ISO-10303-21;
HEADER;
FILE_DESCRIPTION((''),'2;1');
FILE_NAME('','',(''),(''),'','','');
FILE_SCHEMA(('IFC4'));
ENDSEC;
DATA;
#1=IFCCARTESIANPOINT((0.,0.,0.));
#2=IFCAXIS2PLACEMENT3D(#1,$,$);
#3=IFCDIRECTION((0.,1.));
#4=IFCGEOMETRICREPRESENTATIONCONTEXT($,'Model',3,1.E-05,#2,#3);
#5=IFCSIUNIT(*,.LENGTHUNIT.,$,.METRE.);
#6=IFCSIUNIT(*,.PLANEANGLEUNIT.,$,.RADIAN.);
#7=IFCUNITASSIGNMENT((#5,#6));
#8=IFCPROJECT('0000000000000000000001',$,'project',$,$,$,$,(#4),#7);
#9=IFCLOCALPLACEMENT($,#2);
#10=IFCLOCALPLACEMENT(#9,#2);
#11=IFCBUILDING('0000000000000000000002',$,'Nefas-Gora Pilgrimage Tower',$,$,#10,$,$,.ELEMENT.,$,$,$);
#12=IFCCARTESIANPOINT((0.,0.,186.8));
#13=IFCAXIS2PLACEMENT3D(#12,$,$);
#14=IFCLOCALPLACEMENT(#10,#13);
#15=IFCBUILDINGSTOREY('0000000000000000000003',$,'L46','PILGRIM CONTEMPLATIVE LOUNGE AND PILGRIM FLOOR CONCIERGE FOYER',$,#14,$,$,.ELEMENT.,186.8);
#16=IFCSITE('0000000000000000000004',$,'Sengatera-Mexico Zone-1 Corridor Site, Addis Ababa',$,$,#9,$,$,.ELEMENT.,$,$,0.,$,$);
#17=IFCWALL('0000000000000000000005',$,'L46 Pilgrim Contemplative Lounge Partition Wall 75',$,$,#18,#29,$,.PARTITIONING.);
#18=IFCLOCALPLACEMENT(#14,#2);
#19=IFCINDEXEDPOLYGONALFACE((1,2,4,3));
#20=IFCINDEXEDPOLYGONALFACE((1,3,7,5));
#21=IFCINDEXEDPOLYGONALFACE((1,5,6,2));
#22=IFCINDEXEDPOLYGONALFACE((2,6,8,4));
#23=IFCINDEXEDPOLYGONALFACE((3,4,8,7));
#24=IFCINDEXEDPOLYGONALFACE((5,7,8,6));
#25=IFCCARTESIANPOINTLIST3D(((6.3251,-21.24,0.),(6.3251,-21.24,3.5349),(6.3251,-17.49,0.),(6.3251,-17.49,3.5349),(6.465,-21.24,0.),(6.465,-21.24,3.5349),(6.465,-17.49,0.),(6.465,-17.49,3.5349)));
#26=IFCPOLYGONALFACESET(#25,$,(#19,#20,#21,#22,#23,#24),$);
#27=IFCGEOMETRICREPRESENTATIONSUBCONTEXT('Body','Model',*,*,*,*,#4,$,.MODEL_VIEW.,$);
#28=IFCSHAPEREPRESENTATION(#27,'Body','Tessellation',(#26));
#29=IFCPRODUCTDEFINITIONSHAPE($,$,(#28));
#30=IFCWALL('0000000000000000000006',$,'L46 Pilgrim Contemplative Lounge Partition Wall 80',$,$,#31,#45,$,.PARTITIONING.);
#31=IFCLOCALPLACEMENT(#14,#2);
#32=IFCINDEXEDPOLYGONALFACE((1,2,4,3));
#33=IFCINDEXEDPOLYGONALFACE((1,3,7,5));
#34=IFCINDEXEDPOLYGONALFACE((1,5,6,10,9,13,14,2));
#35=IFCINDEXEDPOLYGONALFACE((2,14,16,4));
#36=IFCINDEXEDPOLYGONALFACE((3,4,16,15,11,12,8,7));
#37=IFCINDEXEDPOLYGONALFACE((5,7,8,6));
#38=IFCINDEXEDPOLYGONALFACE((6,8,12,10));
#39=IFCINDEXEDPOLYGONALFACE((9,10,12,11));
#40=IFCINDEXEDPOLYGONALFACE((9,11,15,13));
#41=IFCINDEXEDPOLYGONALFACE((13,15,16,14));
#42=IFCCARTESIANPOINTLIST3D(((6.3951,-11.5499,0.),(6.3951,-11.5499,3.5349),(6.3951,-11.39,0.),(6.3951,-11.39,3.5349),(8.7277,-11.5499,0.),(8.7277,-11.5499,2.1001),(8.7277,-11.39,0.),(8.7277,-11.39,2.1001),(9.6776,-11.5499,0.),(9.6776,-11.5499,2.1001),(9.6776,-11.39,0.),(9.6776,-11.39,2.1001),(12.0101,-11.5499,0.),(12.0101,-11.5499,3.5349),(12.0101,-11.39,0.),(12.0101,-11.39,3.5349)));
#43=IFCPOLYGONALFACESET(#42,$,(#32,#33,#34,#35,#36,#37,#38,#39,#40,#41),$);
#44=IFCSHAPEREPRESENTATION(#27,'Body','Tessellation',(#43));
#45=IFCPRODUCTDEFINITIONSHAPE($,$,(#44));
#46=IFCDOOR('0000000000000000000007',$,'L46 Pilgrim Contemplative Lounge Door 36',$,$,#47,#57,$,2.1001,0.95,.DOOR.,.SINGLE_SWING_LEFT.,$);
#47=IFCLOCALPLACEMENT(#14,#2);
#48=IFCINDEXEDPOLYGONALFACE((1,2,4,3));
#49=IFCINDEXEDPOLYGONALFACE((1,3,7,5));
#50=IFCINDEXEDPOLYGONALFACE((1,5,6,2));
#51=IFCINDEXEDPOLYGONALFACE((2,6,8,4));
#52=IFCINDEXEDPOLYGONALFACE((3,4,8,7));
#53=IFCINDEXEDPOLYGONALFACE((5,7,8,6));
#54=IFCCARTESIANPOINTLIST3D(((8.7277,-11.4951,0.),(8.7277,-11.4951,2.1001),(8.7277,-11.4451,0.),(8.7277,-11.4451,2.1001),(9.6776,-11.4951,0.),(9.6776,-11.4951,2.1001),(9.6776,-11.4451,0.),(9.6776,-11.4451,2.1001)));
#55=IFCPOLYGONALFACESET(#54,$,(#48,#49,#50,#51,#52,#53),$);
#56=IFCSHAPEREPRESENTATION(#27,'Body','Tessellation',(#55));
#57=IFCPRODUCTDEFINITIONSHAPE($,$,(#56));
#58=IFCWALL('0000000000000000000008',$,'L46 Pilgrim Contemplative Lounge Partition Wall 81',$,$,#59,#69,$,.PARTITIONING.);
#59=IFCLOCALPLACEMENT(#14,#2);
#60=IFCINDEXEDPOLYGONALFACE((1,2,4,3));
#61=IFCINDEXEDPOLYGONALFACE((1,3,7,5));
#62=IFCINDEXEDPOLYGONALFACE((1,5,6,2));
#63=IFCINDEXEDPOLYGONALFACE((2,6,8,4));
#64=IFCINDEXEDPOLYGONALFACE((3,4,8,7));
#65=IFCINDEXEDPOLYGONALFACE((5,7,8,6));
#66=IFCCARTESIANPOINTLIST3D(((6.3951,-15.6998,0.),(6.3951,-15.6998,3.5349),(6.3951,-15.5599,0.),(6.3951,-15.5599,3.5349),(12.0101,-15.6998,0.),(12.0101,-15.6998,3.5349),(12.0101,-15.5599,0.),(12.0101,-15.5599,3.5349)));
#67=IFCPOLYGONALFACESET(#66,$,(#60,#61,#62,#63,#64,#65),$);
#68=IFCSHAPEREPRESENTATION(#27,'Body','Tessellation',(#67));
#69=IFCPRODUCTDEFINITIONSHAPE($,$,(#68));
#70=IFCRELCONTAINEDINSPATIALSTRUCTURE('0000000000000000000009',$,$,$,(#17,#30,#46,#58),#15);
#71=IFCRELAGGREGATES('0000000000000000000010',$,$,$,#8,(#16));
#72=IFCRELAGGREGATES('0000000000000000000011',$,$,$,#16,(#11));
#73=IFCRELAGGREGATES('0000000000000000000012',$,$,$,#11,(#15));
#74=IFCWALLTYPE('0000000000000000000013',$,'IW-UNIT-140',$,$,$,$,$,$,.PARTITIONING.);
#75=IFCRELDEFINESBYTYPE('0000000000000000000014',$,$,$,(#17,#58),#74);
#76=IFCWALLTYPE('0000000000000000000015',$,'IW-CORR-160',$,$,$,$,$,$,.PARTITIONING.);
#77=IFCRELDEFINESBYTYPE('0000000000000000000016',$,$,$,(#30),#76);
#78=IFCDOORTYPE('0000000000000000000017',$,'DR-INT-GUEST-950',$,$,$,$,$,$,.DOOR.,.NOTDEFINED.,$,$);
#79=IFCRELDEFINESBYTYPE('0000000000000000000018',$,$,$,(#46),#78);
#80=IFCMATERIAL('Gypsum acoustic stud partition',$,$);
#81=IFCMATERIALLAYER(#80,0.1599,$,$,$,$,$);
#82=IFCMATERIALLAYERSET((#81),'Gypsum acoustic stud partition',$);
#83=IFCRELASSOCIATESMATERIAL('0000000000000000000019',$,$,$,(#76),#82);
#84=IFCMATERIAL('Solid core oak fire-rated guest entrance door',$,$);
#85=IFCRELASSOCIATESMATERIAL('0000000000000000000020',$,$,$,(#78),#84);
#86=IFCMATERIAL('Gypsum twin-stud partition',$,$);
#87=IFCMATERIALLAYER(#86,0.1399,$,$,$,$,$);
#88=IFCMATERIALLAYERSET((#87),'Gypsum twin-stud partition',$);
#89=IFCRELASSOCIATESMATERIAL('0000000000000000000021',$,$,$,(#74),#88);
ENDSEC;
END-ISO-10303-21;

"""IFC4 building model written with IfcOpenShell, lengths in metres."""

from ifc_helpers import new_model, si_unit, direction, frame, frame_2d, origin, place, context, subcontext, project, spatial, rectangle, extrude, source, transform, mapped, material, layer, layer_set, type_object, element, fill, save


model = new_model("IFC4")

# Units and contexts
model_context = context("Model", 3, precision=1e-05, world=origin(), true_north=direction((0.0, 1.0)))
body_context = subcontext(model_context, "Body", "Model", "MODEL_VIEW")
ifc_project = project(units=[si_unit("LENGTHUNIT", "METRE"), si_unit("PLANEANGLEUNIT", "RADIAN")], contexts=[model_context])

# Site, building, storey
site_placement = place(None, origin())
site = spatial("IfcSite", under=ifc_project, at=site_placement, Name="Sengatera-Mexico Zone-1 Corridor Site, Addis Ababa", CompositionType="ELEMENT", RefElevation=0.0)
building_placement = place(site_placement, origin())
building = spatial("IfcBuilding", under=site, at=building_placement, Name="Nefas-Gora Pilgrimage Tower", CompositionType="ELEMENT")
storey_placement = place(building_placement, frame((0.0, 0.0, 186.8)))
storey = spatial("IfcBuildingStorey", under=building, at=storey_placement, Name="L46", Description="PILGRIM CONTEMPLATIVE LOUNGE AND PILGRIM FLOOR CONCIERGE FOYER", CompositionType="ELEMENT", Elevation=186.8)

# Shared definitions
ifc_material_1 = material(Name="Gypsum acoustic stud partition")
ifc_layer_1 = layer(ifc_material_1, 0.1599)
ifc_layer_set_1 = layer_set([ifc_layer_1], Name="Gypsum acoustic stud partition")
wall_type_1 = type_object("IfcWallType", Name="IW-CORR-160", PredefinedType="PARTITIONING", material=ifc_layer_set_1)

# Shared definitions
ifc_material_2 = material(Name="Solid core oak fire-rated guest entrance door")
door_type_1 = type_object("IfcDoorType", Name="DR-INT-GUEST-950", OperationType="NOTDEFINED", PredefinedType="DOOR", material=ifc_material_2)
shared_shape_1 = source(origin(), body_context, "Body", "SweptSolid", [
    extrude(rectangle(XDim=0.95, YDim=2.1001, at=frame_2d((0.4751, 1.05))), frame((0.0, 0.0249, 0.0), z_axis=(0.0, -1.0, 0.0), x_axis=(1.0, 0.0, 0.0)), (0.0, 0.0, 1.0), 0.05),
])

# Wall
ifc_material_3 = material(Name="Gypsum twin-stud partition")
ifc_layer_2 = layer(ifc_material_3, 0.1399)
ifc_layer_set_2 = layer_set([ifc_layer_2], Name="Gypsum twin-stud partition")
wall_type_2 = type_object("IfcWallType", Name="IW-UNIT-140", PredefinedType="PARTITIONING", material=ifc_layer_set_2)
shared_shape_2 = source(origin(), body_context, "Body", "SweptSolid", [
    extrude(rectangle(XDim=3.75, YDim=0.1399, at=frame_2d((1.875, 0.0))), origin(), (0.0, 0.0, 1.0), 3.5349),
])
wall_1_placement = place(storey_placement, frame((6.395, -21.24, 0.0), z_axis=(0.0, 0.0, 1.0), x_axis=(0.0, 1.0, 0.0)))
element("IfcWall", 1, at=wall_1_placement, inside=storey, type_object=wall_type_2, Name="L46 Pilgrim Contemplative Lounge Partition Wall 75", PredefinedType="PARTITIONING", context=body_context, shape_type="MappedRepresentation", body=[
    mapped(shared_shape_2, transform((0.0, 0.0, 0.0), x_axis=(1.0, 0.0, 0.0), y_axis=(0.0, 1.0, 0.0), z_axis=(0.0, 0.0, 1.0), scale=1.0)),
])

# Wall, opening, door
shared_shape_3 = source(origin(), body_context, "Body", "SweptSolid", [
    extrude(rectangle(XDim=5.615, YDim=0.1599, at=frame_2d((2.8076, 0.0))), origin(), (0.0, 0.0, 1.0), 3.5349),
])
wall_2_placement = place(storey_placement, frame((6.395, -11.47, 0.0), z_axis=(0.0, 0.0, 1.0), x_axis=(1.0, 0.0, 0.0)))
wall_2 = element("IfcWall", 2, at=wall_2_placement, inside=storey, type_object=wall_type_1, Name="L46 Pilgrim Contemplative Lounge Partition Wall 80", PredefinedType="PARTITIONING", context=body_context, shape_type="MappedRepresentation", body=[
    mapped(shared_shape_3, transform((0.0, 0.0, 0.0), x_axis=(1.0, 0.0, 0.0), y_axis=(0.0, 1.0, 0.0), z_axis=(0.0, 0.0, 1.0), scale=1.0)),
])
opening_1_placement = place(wall_2_placement, frame((2.3325, 0.0, 0.0)))
opening_1 = element("IfcOpeningElement", 3, at=opening_1_placement, cuts=wall_2, PredefinedType="OPENING", context=body_context, shape_type="SweptSolid", body=[
    extrude(rectangle(XDim=0.95, YDim=2.1001, at=frame_2d((0.4751, 1.05))), frame((0.0, 0.0898, 0.0), z_axis=(0.0, -1.0, 0.0), x_axis=(1.0, 0.0, 0.0)), (0.0, 0.0, 1.0), 0.1799),
])
door_1_placement = place(opening_1_placement, origin())
door_1 = element("IfcDoor", 4, at=door_1_placement, inside=storey, type_object=door_type_1, Name="L46 Pilgrim Contemplative Lounge Door 36", OperationType="SINGLE_SWING_LEFT", OverallHeight=2.1001, OverallWidth=0.95, PredefinedType="DOOR", context=body_context, shape_type="MappedRepresentation", body=[
    mapped(shared_shape_1, transform((0.0, 0.0, 0.0), x_axis=(1.0, 0.0, 0.0), y_axis=(0.0, 1.0, 0.0), z_axis=(0.0, 0.0, 1.0), scale=1.0)),
])
fill(opening_1, door_1)

# Wall
shared_shape_4 = source(origin(), body_context, "Body", "SweptSolid", [
    extrude(rectangle(XDim=5.615, YDim=0.1399, at=frame_2d((2.8076, 0.0))), origin(), (0.0, 0.0, 1.0), 3.5349),
])
wall_3_placement = place(storey_placement, frame((6.395, -15.6299, 0.0), z_axis=(0.0, 0.0, 1.0), x_axis=(1.0, 0.0, 0.0)))
element("IfcWall", 5, at=wall_3_placement, inside=storey, type_object=wall_type_2, Name="L46 Pilgrim Contemplative Lounge Partition Wall 81", PredefinedType="PARTITIONING", context=body_context, shape_type="MappedRepresentation", body=[
    mapped(shared_shape_4, transform((0.0, 0.0, 0.0), x_axis=(1.0, 0.0, 0.0), y_axis=(0.0, 1.0, 0.0), z_axis=(0.0, 0.0, 1.0), scale=1.0)),
])

save(model, "model.ifc")
